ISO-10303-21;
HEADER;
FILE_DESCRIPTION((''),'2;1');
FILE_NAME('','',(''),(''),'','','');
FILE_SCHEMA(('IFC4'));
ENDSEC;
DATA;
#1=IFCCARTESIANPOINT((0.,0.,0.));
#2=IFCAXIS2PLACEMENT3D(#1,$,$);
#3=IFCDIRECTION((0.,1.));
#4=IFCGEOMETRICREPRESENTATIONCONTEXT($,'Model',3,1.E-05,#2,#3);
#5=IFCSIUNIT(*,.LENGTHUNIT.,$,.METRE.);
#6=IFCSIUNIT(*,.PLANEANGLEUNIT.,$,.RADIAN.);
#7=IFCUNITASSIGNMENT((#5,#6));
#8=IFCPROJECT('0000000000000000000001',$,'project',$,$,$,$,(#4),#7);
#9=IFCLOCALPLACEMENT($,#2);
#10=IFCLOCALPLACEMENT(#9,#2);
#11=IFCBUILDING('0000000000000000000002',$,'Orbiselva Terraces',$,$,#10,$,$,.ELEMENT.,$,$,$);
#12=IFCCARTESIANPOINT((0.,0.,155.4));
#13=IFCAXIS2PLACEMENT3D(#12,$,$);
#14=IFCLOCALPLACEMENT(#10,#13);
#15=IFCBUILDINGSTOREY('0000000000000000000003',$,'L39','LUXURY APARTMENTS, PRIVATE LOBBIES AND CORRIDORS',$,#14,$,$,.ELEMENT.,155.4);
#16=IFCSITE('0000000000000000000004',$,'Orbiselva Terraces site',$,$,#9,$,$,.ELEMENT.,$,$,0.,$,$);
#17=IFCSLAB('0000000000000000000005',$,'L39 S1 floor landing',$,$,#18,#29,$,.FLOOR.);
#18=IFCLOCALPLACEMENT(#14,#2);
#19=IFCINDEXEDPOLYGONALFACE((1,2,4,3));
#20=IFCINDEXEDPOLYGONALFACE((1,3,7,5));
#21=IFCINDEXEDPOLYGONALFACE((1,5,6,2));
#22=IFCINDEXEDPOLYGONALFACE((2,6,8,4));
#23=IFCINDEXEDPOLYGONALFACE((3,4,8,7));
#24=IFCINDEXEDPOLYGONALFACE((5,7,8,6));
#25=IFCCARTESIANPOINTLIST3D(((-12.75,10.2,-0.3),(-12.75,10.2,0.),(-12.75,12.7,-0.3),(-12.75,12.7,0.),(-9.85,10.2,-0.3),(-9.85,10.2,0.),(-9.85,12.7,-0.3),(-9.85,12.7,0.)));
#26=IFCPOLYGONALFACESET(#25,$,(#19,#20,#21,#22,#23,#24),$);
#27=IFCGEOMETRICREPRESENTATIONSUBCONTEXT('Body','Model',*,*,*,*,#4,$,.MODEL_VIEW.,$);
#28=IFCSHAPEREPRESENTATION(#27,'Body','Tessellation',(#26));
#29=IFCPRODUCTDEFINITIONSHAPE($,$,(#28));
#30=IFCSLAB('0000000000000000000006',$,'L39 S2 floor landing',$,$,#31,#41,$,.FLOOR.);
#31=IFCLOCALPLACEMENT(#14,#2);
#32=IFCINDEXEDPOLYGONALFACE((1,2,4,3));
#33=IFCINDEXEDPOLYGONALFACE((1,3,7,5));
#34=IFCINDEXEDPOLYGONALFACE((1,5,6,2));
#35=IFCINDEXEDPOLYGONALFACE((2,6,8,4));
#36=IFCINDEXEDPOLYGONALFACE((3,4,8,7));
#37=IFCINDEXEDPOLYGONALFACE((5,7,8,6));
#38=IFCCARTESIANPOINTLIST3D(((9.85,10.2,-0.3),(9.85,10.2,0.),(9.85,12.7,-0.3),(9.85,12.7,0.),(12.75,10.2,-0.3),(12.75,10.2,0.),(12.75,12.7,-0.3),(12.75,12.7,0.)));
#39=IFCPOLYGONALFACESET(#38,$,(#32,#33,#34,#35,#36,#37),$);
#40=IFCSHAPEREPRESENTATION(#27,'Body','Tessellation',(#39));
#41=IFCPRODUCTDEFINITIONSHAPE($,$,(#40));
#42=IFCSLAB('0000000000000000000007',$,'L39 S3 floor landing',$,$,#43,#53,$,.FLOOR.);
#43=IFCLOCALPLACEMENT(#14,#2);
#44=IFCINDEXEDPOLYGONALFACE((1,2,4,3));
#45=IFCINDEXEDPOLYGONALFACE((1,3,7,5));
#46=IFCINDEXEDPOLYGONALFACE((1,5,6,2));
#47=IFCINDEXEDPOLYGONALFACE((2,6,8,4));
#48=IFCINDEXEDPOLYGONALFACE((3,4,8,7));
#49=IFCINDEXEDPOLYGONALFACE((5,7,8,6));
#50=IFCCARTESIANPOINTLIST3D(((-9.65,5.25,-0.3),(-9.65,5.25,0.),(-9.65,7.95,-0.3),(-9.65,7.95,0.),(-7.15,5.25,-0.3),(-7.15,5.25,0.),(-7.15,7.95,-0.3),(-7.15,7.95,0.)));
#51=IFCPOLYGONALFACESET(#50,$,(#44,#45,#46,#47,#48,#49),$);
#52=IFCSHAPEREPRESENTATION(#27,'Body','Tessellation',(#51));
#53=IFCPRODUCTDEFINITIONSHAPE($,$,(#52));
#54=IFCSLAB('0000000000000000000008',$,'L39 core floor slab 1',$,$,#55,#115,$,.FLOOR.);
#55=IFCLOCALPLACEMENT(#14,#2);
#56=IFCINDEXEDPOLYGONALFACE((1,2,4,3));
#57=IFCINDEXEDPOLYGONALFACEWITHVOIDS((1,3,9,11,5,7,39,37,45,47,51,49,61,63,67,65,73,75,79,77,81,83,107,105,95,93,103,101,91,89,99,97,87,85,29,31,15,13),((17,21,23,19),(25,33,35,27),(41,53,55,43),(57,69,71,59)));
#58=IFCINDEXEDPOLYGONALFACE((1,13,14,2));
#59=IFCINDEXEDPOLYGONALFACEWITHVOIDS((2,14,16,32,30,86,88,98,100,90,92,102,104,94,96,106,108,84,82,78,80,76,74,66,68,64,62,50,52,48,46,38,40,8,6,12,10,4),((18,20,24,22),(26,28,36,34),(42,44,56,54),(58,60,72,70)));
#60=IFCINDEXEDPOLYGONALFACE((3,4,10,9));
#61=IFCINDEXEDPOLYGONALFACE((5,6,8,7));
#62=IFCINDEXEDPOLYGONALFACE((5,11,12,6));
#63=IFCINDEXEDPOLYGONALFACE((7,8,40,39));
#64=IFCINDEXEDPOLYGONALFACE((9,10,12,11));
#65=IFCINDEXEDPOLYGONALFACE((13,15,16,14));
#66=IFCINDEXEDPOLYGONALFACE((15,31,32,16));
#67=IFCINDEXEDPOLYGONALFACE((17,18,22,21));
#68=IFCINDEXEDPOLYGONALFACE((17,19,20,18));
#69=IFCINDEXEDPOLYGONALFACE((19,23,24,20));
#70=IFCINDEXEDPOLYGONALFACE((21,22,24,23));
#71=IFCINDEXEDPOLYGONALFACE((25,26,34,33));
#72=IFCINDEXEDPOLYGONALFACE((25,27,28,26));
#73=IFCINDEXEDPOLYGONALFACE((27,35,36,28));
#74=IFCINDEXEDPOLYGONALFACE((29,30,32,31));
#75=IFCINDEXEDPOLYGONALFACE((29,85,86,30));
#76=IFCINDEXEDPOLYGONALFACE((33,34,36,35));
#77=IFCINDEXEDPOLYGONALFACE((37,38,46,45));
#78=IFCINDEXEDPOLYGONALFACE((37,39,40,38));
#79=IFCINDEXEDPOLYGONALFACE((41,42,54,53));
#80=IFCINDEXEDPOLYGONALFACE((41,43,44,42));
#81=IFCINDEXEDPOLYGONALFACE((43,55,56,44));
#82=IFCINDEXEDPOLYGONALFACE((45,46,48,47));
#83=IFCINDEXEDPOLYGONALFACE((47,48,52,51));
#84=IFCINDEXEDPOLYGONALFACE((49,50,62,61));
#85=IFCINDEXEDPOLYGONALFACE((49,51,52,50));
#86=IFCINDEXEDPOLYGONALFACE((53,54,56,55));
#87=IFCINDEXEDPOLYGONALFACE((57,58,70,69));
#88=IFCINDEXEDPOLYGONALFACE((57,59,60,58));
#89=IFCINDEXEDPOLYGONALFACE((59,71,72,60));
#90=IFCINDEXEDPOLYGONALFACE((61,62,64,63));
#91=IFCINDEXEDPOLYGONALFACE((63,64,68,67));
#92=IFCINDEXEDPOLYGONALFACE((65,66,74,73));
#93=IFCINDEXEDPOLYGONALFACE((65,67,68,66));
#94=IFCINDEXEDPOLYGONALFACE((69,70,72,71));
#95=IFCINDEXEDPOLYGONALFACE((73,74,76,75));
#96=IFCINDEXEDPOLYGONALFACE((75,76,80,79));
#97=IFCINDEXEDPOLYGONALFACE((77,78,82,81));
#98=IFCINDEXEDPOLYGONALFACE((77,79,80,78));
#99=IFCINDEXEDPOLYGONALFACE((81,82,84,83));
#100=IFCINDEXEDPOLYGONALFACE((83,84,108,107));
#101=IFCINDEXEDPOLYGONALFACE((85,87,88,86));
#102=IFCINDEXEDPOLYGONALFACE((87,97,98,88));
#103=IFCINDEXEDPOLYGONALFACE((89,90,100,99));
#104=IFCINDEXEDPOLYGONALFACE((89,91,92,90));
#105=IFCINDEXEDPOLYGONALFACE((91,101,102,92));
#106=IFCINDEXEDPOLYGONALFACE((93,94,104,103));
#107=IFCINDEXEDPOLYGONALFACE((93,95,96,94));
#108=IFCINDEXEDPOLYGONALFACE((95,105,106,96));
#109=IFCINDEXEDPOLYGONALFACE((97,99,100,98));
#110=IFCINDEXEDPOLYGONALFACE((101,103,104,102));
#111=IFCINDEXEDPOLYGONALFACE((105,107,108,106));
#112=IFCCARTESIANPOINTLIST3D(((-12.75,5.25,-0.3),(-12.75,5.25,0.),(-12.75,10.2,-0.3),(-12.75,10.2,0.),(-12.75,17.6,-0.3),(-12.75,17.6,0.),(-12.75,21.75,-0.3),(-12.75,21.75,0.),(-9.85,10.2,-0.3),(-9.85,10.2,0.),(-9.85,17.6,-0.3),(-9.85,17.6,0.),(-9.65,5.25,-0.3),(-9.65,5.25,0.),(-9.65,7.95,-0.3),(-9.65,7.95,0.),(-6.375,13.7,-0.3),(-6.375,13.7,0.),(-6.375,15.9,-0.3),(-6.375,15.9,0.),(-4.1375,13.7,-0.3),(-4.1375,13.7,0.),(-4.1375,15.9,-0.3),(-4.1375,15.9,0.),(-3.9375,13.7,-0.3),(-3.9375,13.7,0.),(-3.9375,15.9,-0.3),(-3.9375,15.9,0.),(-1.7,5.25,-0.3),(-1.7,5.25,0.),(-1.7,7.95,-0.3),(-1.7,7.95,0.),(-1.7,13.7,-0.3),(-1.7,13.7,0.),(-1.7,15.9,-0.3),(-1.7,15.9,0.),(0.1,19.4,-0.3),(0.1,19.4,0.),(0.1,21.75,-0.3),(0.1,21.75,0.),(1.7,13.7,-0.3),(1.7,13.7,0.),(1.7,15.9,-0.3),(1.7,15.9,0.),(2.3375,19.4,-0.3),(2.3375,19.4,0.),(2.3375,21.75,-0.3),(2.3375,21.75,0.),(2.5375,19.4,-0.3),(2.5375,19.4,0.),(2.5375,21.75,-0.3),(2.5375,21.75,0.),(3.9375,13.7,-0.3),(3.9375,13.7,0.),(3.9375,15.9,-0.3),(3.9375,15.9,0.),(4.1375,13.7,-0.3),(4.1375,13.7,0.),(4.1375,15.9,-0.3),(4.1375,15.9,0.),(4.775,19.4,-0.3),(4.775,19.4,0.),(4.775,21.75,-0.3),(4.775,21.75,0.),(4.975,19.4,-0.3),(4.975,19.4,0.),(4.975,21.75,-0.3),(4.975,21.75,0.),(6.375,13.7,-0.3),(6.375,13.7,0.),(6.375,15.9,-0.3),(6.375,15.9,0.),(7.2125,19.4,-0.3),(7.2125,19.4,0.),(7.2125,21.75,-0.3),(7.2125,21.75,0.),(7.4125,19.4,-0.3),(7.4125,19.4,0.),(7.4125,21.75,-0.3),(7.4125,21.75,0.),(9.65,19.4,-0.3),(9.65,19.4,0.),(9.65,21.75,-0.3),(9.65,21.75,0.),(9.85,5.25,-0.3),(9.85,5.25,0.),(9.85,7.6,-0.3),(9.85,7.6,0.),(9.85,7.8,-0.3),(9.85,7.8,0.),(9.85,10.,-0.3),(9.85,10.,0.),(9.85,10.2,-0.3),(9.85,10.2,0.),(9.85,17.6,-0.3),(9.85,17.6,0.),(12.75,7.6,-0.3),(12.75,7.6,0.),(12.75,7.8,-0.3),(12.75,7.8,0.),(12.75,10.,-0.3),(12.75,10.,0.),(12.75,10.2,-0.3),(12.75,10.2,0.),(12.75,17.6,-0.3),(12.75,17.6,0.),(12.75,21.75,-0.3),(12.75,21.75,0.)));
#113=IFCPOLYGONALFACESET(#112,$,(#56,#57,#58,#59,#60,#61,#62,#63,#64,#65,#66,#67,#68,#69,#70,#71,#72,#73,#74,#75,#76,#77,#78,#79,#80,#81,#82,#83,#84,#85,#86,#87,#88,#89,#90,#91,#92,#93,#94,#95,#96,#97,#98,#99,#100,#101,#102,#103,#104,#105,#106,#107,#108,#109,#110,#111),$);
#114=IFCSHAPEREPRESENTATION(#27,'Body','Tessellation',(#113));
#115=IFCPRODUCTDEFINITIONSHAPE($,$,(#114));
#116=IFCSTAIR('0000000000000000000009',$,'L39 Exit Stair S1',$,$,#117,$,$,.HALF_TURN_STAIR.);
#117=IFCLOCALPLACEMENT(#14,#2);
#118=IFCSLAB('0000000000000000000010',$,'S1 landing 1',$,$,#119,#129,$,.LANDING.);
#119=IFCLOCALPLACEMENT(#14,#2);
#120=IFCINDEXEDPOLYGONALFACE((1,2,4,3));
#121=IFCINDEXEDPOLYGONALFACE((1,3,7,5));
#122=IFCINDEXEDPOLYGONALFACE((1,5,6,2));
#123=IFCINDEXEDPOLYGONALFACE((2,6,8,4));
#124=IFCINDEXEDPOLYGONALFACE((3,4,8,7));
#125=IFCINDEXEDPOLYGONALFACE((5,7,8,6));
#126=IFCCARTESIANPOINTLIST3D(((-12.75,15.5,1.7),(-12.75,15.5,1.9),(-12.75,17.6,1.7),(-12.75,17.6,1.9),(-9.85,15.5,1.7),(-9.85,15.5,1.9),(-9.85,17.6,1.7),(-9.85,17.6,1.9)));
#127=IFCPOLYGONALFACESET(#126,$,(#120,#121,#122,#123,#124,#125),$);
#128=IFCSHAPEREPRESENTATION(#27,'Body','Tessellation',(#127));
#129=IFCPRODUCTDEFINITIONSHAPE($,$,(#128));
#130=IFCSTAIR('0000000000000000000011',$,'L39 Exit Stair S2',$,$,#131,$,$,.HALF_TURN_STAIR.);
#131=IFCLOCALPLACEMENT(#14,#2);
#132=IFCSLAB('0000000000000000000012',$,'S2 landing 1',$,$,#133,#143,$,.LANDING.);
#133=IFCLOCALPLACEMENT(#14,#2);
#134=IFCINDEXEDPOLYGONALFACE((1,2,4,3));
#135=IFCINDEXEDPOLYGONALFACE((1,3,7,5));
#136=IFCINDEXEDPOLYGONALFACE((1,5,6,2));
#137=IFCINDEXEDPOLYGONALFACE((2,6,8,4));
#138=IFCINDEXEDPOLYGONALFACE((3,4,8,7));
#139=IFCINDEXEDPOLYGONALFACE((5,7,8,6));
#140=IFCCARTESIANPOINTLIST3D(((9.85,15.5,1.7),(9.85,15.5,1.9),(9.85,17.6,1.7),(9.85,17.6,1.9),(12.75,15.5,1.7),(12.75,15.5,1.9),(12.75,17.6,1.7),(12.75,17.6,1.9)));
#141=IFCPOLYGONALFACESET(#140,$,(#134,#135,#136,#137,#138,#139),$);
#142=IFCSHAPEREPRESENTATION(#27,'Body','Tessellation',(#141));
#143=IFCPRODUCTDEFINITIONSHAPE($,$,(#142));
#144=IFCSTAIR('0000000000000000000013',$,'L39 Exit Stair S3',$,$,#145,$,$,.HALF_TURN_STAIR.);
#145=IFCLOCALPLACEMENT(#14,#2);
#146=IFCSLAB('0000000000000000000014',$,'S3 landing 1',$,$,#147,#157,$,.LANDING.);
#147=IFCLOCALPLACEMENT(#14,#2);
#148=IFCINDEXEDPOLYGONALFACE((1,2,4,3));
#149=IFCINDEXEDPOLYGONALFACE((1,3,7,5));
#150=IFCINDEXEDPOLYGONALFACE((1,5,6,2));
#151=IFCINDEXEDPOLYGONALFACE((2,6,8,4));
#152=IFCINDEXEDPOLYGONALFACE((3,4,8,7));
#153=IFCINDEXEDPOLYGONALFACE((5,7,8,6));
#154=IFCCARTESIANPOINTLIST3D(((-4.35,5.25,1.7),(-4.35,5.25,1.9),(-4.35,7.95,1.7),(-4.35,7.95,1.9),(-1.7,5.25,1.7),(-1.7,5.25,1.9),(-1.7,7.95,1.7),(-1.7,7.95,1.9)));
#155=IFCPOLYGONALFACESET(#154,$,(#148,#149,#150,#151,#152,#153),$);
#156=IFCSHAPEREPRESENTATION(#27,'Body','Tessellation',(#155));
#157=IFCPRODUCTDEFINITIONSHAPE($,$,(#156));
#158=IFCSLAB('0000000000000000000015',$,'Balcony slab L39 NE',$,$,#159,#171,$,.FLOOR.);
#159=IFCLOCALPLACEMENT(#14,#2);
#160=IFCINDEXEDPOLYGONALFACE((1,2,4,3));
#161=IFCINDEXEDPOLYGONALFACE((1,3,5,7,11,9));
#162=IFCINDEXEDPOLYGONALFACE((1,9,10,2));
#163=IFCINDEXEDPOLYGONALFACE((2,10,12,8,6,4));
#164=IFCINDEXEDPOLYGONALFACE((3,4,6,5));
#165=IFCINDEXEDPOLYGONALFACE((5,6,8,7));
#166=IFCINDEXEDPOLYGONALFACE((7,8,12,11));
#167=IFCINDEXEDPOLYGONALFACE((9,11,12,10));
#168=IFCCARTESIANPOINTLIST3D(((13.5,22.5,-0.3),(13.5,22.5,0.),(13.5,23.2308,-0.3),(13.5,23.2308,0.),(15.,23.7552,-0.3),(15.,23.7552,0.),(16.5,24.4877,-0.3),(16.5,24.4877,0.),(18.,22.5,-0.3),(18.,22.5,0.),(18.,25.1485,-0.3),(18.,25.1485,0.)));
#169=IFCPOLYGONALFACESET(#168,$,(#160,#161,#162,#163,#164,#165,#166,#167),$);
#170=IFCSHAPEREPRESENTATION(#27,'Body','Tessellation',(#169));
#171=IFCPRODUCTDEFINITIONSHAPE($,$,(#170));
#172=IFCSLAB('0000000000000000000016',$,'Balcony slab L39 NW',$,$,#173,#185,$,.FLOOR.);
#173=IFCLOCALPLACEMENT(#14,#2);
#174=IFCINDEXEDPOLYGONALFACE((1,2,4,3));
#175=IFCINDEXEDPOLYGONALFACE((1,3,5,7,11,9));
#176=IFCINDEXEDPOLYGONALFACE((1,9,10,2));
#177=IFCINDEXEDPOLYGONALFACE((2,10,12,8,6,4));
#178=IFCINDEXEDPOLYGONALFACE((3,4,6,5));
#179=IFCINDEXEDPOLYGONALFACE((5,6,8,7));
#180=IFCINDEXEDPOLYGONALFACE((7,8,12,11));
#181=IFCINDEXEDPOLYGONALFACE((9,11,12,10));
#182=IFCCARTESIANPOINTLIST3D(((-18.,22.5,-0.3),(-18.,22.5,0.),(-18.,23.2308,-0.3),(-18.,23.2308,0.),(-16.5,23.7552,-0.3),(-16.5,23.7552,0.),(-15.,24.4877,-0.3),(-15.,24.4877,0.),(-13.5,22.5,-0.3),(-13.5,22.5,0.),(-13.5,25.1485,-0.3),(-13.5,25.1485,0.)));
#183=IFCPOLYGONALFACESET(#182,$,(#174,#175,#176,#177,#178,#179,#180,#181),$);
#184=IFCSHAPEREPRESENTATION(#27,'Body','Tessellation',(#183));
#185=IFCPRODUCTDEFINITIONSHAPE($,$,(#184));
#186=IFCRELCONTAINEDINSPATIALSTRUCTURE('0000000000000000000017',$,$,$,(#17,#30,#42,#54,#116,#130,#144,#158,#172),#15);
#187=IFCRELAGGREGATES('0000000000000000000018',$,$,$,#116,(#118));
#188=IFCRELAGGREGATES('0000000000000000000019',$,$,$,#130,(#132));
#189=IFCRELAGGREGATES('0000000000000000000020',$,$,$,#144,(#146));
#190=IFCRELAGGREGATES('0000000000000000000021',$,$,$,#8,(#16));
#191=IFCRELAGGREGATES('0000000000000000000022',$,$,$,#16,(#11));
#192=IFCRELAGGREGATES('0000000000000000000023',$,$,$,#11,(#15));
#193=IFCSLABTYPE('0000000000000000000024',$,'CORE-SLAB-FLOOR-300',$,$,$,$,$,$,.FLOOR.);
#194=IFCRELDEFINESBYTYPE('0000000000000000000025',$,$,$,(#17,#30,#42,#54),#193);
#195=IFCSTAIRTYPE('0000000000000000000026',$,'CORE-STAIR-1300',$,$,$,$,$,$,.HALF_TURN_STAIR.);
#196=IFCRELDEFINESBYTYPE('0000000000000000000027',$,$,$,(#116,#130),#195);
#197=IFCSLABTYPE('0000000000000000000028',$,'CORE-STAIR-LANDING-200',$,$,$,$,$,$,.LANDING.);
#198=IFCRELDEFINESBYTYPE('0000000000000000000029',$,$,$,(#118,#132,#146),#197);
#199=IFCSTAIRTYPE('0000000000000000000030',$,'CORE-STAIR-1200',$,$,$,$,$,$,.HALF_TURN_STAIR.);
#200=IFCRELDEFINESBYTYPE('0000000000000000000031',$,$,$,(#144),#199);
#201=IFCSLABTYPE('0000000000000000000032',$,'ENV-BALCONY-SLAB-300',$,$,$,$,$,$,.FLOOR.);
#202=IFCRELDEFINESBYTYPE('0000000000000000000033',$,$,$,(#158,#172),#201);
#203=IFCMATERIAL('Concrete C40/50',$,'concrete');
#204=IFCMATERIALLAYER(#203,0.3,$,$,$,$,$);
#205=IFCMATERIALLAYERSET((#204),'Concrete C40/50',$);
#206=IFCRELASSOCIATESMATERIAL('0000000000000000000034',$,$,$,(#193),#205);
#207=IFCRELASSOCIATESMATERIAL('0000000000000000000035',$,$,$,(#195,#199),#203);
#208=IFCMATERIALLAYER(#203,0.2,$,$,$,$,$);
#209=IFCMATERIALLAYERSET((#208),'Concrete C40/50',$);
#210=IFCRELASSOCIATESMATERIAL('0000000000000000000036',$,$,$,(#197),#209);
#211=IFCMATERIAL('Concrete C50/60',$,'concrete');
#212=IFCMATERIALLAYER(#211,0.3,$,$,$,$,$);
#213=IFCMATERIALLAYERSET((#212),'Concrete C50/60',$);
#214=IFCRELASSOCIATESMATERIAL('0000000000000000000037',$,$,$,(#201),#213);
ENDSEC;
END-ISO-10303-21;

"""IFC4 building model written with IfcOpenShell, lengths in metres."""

from ifc_helpers import new_model, si_unit, direction, frame, origin, place, context, subcontext, project, spatial, polyline, outline, extrude, material, layer, layer_set, type_object, element, aggregate, save


model = new_model("IFC4")

# Units and contexts
model_context = context("Model", 3, precision=1e-05, world=origin(), true_north=direction((0.0, 1.0)))
body_context = subcontext(model_context, "Body", "Model", "MODEL_VIEW")
ifc_project = project(units=[si_unit("LENGTHUNIT", "METRE"), si_unit("PLANEANGLEUNIT", "RADIAN")], contexts=[model_context])

# Site, building, storey
site_placement = place(None, origin())
site = spatial("IfcSite", under=ifc_project, at=site_placement, Name="Orbiselva Terraces site", CompositionType="ELEMENT", RefElevation=0.0)
building_placement = place(site_placement, origin())
building = spatial("IfcBuilding", under=site, at=building_placement, Name="Orbiselva Terraces", CompositionType="ELEMENT")
storey_placement = place(building_placement, frame((0.0, 0.0, 155.4)))
storey = spatial("IfcBuildingStorey", under=building, at=storey_placement, Name="L39", Description="LUXURY APARTMENTS, PRIVATE LOBBIES AND CORRIDORS", CompositionType="ELEMENT", Elevation=155.4)

# Slabs
ifc_material_1 = material(Name="Concrete C40/50", Category="concrete")
ifc_layer_1 = layer(ifc_material_1, 0.3)
ifc_layer_set_1 = layer_set([ifc_layer_1], Name="Concrete C40/50")
slab_type_1 = type_object("IfcSlabType", Name="CORE-SLAB-FLOOR-300", PredefinedType="FLOOR", material=ifc_layer_set_1)
slab_1_placement = place(storey_placement, frame((0.0, 0.0, -0.3)))
element("IfcSlab", 1, at=slab_1_placement, inside=storey, type_object=slab_type_1, Name="L39 S1 floor landing", PredefinedType="FLOOR", context=body_context, shape_type="SweptSolid", body=[
    extrude(outline(polyline([(-12.75, 12.7), (-9.85, 12.7), (-9.85, 10.2), (-12.75, 10.2), (-12.75, 12.7)])), origin(), (0.0, 0.0, 1.0), 0.3),
])
slab_2_placement = place(storey_placement, frame((0.0, 0.0, -0.3)))
element("IfcSlab", 2, at=slab_2_placement, inside=storey, type_object=slab_type_1, Name="L39 S2 floor landing", PredefinedType="FLOOR", context=body_context, shape_type="SweptSolid", body=[
    extrude(outline(polyline([(12.75, 12.7), (12.75, 10.2), (9.85, 10.2), (9.85, 12.7), (12.75, 12.7)])), origin(), (0.0, 0.0, 1.0), 0.3),
])
slab_3_placement = place(storey_placement, frame((0.0, 0.0, -0.3)))
element("IfcSlab", 3, at=slab_3_placement, inside=storey, type_object=slab_type_1, Name="L39 S3 floor landing", PredefinedType="FLOOR", context=body_context, shape_type="SweptSolid", body=[
    extrude(outline(polyline([(-7.15, 5.25), (-9.65, 5.25), (-9.65, 7.95), (-7.15, 7.95), (-7.15, 5.25)])), origin(), (0.0, 0.0, 1.0), 0.3),
])
slab_4_placement = place(storey_placement, frame((0.0, 0.0, -0.3)))
element("IfcSlab", 4, at=slab_4_placement, inside=storey, type_object=slab_type_1, Name="L39 core floor slab 1", PredefinedType="FLOOR", context=body_context, shape_type="SweptSolid", body=[
    extrude(outline(polyline([(-1.7, 5.25), (-1.7, 7.95), (-9.65, 7.95), (-9.65, 5.25), (-12.75, 5.25), (-12.75, 10.2), (-9.85, 10.2), (-9.85, 17.6), (-12.75, 17.6), (-12.75, 21.75), (0.1, 21.75), (0.1, 19.4), (2.3375, 19.4), (2.3375, 21.75), (2.5375, 21.75), (2.5375, 19.4), (4.775, 19.4), (4.775, 21.75), (4.975, 21.75), (4.975, 19.4), (7.2125, 19.4), (7.2125, 21.75), (7.4125, 21.75), (7.4125, 19.4), (9.65, 19.4), (9.65, 21.75), (12.75, 21.75), (12.75, 17.6), (9.85, 17.6), (9.85, 10.2), (12.75, 10.2), (12.75, 10.0), (9.85, 10.0), (9.85, 7.8), (12.75, 7.8), (12.75, 7.6), (9.85, 7.6), (9.85, 5.25), (-1.7, 5.25)]), holes=[polyline([(-4.1375, 13.7), (-4.1375, 15.9), (-6.375, 15.9), (-6.375, 13.7), (-4.1375, 13.7)]), polyline([(-1.7, 13.7), (-1.7, 15.9), (-3.9375, 15.9), (-3.9375, 13.7), (-1.7, 13.7)]), polyline([(3.9375, 15.9), (1.7, 15.9), (1.7, 13.7), (3.9375, 13.7), (3.9375, 15.9)]), polyline([(6.375, 13.7), (6.375, 15.9), (4.1375, 15.9), (4.1375, 13.7), (6.375, 13.7)])]), origin(), (0.0, 0.0, 1.0), 0.3),
])

# Stairs, slabs
stair_type_1 = type_object("IfcStairType", Name="CORE-STAIR-1300", PredefinedType="HALF_TURN_STAIR", material=ifc_material_1)
stair_1_placement = place(storey_placement, origin())
stair_1 = element("IfcStair", 5, at=stair_1_placement, inside=storey, type_object=stair_type_1, Name="L39 Exit Stair S1", PredefinedType="HALF_TURN_STAIR")
ifc_layer_2 = layer(ifc_material_1, 0.2)
ifc_layer_set_2 = layer_set([ifc_layer_2], Name="Concrete C40/50")
slab_type_2 = type_object("IfcSlabType", Name="CORE-STAIR-LANDING-200", PredefinedType="LANDING", material=ifc_layer_set_2)
slab_5_placement = place(storey_placement, frame((0.0, 0.0, 1.7)))
slab_5 = element("IfcSlab", 6, at=slab_5_placement, type_object=slab_type_2, Name="S1 landing 1", PredefinedType="LANDING", context=body_context, shape_type="SweptSolid", body=[
    extrude(outline(polyline([(-9.85, 15.5), (-9.85, 17.6), (-12.75, 17.6), (-12.75, 15.5), (-9.85, 15.5)])), origin(), (0.0, 0.0, 1.0), 0.2),
])
aggregate(stair_1, [slab_5])
stair_2_placement = place(storey_placement, origin())
stair_2 = element("IfcStair", 7, at=stair_2_placement, inside=storey, type_object=stair_type_1, Name="L39 Exit Stair S2", PredefinedType="HALF_TURN_STAIR")
slab_6_placement = place(storey_placement, frame((0.0, 0.0, 1.7)))
slab_6 = element("IfcSlab", 8, at=slab_6_placement, type_object=slab_type_2, Name="S2 landing 1", PredefinedType="LANDING", context=body_context, shape_type="SweptSolid", body=[
    extrude(outline(polyline([(12.75, 15.5), (12.75, 17.6), (9.85, 17.6), (9.85, 15.5), (12.75, 15.5)])), origin(), (0.0, 0.0, 1.0), 0.2),
])
aggregate(stair_2, [slab_6])
stair_type_2 = type_object("IfcStairType", Name="CORE-STAIR-1200", PredefinedType="HALF_TURN_STAIR", material=ifc_material_1)
stair_3_placement = place(storey_placement, origin())
stair_3 = element("IfcStair", 9, at=stair_3_placement, inside=storey, type_object=stair_type_2, Name="L39 Exit Stair S3", PredefinedType="HALF_TURN_STAIR")
slab_7_placement = place(storey_placement, frame((0.0, 0.0, 1.7)))
slab_7 = element("IfcSlab", 10, at=slab_7_placement, type_object=slab_type_2, Name="S3 landing 1", PredefinedType="LANDING", context=body_context, shape_type="SweptSolid", body=[
    extrude(outline(polyline([(-4.35, 5.25), (-1.7, 5.25), (-1.7, 7.95), (-4.35, 7.95), (-4.35, 5.25)])), origin(), (0.0, 0.0, 1.0), 0.2),
])
aggregate(stair_3, [slab_7])

# Slabs
ifc_material_2 = material(Name="Concrete C50/60", Category="concrete")
ifc_layer_3 = layer(ifc_material_2, 0.3)
ifc_layer_set_3 = layer_set([ifc_layer_3], Name="Concrete C50/60")
slab_type_3 = type_object("IfcSlabType", Name="ENV-BALCONY-SLAB-300", PredefinedType="FLOOR", material=ifc_layer_set_3)
slab_8_placement = place(storey_placement, frame((0.0, 0.0, -0.3)))
element("IfcSlab", 11, at=slab_8_placement, inside=storey, type_object=slab_type_3, Name="Balcony slab L39 NE", PredefinedType="FLOOR", context=body_context, shape_type="SweptSolid", body=[
    extrude(outline(polyline([(18.0, 25.1485), (16.5, 24.4877), (15.0, 23.7552), (13.5, 23.2308), (13.5, 22.5), (18.0, 22.5), (18.0, 25.1485)])), origin(), (0.0, 0.0, 1.0), 0.3),
])
slab_9_placement = place(storey_placement, frame((0.0, 0.0, -0.3)))
element("IfcSlab", 12, at=slab_9_placement, inside=storey, type_object=slab_type_3, Name="Balcony slab L39 NW", PredefinedType="FLOOR", context=body_context, shape_type="SweptSolid", body=[
    extrude(outline(polyline([(-13.5, 25.1485), (-15.0, 24.4877), (-16.5, 23.7552), (-18.0, 23.2308), (-18.0, 22.5), (-13.5, 22.5), (-13.5, 25.1485)])), origin(), (0.0, 0.0, 1.0), 0.3),
])

save(model, "model.ifc")
